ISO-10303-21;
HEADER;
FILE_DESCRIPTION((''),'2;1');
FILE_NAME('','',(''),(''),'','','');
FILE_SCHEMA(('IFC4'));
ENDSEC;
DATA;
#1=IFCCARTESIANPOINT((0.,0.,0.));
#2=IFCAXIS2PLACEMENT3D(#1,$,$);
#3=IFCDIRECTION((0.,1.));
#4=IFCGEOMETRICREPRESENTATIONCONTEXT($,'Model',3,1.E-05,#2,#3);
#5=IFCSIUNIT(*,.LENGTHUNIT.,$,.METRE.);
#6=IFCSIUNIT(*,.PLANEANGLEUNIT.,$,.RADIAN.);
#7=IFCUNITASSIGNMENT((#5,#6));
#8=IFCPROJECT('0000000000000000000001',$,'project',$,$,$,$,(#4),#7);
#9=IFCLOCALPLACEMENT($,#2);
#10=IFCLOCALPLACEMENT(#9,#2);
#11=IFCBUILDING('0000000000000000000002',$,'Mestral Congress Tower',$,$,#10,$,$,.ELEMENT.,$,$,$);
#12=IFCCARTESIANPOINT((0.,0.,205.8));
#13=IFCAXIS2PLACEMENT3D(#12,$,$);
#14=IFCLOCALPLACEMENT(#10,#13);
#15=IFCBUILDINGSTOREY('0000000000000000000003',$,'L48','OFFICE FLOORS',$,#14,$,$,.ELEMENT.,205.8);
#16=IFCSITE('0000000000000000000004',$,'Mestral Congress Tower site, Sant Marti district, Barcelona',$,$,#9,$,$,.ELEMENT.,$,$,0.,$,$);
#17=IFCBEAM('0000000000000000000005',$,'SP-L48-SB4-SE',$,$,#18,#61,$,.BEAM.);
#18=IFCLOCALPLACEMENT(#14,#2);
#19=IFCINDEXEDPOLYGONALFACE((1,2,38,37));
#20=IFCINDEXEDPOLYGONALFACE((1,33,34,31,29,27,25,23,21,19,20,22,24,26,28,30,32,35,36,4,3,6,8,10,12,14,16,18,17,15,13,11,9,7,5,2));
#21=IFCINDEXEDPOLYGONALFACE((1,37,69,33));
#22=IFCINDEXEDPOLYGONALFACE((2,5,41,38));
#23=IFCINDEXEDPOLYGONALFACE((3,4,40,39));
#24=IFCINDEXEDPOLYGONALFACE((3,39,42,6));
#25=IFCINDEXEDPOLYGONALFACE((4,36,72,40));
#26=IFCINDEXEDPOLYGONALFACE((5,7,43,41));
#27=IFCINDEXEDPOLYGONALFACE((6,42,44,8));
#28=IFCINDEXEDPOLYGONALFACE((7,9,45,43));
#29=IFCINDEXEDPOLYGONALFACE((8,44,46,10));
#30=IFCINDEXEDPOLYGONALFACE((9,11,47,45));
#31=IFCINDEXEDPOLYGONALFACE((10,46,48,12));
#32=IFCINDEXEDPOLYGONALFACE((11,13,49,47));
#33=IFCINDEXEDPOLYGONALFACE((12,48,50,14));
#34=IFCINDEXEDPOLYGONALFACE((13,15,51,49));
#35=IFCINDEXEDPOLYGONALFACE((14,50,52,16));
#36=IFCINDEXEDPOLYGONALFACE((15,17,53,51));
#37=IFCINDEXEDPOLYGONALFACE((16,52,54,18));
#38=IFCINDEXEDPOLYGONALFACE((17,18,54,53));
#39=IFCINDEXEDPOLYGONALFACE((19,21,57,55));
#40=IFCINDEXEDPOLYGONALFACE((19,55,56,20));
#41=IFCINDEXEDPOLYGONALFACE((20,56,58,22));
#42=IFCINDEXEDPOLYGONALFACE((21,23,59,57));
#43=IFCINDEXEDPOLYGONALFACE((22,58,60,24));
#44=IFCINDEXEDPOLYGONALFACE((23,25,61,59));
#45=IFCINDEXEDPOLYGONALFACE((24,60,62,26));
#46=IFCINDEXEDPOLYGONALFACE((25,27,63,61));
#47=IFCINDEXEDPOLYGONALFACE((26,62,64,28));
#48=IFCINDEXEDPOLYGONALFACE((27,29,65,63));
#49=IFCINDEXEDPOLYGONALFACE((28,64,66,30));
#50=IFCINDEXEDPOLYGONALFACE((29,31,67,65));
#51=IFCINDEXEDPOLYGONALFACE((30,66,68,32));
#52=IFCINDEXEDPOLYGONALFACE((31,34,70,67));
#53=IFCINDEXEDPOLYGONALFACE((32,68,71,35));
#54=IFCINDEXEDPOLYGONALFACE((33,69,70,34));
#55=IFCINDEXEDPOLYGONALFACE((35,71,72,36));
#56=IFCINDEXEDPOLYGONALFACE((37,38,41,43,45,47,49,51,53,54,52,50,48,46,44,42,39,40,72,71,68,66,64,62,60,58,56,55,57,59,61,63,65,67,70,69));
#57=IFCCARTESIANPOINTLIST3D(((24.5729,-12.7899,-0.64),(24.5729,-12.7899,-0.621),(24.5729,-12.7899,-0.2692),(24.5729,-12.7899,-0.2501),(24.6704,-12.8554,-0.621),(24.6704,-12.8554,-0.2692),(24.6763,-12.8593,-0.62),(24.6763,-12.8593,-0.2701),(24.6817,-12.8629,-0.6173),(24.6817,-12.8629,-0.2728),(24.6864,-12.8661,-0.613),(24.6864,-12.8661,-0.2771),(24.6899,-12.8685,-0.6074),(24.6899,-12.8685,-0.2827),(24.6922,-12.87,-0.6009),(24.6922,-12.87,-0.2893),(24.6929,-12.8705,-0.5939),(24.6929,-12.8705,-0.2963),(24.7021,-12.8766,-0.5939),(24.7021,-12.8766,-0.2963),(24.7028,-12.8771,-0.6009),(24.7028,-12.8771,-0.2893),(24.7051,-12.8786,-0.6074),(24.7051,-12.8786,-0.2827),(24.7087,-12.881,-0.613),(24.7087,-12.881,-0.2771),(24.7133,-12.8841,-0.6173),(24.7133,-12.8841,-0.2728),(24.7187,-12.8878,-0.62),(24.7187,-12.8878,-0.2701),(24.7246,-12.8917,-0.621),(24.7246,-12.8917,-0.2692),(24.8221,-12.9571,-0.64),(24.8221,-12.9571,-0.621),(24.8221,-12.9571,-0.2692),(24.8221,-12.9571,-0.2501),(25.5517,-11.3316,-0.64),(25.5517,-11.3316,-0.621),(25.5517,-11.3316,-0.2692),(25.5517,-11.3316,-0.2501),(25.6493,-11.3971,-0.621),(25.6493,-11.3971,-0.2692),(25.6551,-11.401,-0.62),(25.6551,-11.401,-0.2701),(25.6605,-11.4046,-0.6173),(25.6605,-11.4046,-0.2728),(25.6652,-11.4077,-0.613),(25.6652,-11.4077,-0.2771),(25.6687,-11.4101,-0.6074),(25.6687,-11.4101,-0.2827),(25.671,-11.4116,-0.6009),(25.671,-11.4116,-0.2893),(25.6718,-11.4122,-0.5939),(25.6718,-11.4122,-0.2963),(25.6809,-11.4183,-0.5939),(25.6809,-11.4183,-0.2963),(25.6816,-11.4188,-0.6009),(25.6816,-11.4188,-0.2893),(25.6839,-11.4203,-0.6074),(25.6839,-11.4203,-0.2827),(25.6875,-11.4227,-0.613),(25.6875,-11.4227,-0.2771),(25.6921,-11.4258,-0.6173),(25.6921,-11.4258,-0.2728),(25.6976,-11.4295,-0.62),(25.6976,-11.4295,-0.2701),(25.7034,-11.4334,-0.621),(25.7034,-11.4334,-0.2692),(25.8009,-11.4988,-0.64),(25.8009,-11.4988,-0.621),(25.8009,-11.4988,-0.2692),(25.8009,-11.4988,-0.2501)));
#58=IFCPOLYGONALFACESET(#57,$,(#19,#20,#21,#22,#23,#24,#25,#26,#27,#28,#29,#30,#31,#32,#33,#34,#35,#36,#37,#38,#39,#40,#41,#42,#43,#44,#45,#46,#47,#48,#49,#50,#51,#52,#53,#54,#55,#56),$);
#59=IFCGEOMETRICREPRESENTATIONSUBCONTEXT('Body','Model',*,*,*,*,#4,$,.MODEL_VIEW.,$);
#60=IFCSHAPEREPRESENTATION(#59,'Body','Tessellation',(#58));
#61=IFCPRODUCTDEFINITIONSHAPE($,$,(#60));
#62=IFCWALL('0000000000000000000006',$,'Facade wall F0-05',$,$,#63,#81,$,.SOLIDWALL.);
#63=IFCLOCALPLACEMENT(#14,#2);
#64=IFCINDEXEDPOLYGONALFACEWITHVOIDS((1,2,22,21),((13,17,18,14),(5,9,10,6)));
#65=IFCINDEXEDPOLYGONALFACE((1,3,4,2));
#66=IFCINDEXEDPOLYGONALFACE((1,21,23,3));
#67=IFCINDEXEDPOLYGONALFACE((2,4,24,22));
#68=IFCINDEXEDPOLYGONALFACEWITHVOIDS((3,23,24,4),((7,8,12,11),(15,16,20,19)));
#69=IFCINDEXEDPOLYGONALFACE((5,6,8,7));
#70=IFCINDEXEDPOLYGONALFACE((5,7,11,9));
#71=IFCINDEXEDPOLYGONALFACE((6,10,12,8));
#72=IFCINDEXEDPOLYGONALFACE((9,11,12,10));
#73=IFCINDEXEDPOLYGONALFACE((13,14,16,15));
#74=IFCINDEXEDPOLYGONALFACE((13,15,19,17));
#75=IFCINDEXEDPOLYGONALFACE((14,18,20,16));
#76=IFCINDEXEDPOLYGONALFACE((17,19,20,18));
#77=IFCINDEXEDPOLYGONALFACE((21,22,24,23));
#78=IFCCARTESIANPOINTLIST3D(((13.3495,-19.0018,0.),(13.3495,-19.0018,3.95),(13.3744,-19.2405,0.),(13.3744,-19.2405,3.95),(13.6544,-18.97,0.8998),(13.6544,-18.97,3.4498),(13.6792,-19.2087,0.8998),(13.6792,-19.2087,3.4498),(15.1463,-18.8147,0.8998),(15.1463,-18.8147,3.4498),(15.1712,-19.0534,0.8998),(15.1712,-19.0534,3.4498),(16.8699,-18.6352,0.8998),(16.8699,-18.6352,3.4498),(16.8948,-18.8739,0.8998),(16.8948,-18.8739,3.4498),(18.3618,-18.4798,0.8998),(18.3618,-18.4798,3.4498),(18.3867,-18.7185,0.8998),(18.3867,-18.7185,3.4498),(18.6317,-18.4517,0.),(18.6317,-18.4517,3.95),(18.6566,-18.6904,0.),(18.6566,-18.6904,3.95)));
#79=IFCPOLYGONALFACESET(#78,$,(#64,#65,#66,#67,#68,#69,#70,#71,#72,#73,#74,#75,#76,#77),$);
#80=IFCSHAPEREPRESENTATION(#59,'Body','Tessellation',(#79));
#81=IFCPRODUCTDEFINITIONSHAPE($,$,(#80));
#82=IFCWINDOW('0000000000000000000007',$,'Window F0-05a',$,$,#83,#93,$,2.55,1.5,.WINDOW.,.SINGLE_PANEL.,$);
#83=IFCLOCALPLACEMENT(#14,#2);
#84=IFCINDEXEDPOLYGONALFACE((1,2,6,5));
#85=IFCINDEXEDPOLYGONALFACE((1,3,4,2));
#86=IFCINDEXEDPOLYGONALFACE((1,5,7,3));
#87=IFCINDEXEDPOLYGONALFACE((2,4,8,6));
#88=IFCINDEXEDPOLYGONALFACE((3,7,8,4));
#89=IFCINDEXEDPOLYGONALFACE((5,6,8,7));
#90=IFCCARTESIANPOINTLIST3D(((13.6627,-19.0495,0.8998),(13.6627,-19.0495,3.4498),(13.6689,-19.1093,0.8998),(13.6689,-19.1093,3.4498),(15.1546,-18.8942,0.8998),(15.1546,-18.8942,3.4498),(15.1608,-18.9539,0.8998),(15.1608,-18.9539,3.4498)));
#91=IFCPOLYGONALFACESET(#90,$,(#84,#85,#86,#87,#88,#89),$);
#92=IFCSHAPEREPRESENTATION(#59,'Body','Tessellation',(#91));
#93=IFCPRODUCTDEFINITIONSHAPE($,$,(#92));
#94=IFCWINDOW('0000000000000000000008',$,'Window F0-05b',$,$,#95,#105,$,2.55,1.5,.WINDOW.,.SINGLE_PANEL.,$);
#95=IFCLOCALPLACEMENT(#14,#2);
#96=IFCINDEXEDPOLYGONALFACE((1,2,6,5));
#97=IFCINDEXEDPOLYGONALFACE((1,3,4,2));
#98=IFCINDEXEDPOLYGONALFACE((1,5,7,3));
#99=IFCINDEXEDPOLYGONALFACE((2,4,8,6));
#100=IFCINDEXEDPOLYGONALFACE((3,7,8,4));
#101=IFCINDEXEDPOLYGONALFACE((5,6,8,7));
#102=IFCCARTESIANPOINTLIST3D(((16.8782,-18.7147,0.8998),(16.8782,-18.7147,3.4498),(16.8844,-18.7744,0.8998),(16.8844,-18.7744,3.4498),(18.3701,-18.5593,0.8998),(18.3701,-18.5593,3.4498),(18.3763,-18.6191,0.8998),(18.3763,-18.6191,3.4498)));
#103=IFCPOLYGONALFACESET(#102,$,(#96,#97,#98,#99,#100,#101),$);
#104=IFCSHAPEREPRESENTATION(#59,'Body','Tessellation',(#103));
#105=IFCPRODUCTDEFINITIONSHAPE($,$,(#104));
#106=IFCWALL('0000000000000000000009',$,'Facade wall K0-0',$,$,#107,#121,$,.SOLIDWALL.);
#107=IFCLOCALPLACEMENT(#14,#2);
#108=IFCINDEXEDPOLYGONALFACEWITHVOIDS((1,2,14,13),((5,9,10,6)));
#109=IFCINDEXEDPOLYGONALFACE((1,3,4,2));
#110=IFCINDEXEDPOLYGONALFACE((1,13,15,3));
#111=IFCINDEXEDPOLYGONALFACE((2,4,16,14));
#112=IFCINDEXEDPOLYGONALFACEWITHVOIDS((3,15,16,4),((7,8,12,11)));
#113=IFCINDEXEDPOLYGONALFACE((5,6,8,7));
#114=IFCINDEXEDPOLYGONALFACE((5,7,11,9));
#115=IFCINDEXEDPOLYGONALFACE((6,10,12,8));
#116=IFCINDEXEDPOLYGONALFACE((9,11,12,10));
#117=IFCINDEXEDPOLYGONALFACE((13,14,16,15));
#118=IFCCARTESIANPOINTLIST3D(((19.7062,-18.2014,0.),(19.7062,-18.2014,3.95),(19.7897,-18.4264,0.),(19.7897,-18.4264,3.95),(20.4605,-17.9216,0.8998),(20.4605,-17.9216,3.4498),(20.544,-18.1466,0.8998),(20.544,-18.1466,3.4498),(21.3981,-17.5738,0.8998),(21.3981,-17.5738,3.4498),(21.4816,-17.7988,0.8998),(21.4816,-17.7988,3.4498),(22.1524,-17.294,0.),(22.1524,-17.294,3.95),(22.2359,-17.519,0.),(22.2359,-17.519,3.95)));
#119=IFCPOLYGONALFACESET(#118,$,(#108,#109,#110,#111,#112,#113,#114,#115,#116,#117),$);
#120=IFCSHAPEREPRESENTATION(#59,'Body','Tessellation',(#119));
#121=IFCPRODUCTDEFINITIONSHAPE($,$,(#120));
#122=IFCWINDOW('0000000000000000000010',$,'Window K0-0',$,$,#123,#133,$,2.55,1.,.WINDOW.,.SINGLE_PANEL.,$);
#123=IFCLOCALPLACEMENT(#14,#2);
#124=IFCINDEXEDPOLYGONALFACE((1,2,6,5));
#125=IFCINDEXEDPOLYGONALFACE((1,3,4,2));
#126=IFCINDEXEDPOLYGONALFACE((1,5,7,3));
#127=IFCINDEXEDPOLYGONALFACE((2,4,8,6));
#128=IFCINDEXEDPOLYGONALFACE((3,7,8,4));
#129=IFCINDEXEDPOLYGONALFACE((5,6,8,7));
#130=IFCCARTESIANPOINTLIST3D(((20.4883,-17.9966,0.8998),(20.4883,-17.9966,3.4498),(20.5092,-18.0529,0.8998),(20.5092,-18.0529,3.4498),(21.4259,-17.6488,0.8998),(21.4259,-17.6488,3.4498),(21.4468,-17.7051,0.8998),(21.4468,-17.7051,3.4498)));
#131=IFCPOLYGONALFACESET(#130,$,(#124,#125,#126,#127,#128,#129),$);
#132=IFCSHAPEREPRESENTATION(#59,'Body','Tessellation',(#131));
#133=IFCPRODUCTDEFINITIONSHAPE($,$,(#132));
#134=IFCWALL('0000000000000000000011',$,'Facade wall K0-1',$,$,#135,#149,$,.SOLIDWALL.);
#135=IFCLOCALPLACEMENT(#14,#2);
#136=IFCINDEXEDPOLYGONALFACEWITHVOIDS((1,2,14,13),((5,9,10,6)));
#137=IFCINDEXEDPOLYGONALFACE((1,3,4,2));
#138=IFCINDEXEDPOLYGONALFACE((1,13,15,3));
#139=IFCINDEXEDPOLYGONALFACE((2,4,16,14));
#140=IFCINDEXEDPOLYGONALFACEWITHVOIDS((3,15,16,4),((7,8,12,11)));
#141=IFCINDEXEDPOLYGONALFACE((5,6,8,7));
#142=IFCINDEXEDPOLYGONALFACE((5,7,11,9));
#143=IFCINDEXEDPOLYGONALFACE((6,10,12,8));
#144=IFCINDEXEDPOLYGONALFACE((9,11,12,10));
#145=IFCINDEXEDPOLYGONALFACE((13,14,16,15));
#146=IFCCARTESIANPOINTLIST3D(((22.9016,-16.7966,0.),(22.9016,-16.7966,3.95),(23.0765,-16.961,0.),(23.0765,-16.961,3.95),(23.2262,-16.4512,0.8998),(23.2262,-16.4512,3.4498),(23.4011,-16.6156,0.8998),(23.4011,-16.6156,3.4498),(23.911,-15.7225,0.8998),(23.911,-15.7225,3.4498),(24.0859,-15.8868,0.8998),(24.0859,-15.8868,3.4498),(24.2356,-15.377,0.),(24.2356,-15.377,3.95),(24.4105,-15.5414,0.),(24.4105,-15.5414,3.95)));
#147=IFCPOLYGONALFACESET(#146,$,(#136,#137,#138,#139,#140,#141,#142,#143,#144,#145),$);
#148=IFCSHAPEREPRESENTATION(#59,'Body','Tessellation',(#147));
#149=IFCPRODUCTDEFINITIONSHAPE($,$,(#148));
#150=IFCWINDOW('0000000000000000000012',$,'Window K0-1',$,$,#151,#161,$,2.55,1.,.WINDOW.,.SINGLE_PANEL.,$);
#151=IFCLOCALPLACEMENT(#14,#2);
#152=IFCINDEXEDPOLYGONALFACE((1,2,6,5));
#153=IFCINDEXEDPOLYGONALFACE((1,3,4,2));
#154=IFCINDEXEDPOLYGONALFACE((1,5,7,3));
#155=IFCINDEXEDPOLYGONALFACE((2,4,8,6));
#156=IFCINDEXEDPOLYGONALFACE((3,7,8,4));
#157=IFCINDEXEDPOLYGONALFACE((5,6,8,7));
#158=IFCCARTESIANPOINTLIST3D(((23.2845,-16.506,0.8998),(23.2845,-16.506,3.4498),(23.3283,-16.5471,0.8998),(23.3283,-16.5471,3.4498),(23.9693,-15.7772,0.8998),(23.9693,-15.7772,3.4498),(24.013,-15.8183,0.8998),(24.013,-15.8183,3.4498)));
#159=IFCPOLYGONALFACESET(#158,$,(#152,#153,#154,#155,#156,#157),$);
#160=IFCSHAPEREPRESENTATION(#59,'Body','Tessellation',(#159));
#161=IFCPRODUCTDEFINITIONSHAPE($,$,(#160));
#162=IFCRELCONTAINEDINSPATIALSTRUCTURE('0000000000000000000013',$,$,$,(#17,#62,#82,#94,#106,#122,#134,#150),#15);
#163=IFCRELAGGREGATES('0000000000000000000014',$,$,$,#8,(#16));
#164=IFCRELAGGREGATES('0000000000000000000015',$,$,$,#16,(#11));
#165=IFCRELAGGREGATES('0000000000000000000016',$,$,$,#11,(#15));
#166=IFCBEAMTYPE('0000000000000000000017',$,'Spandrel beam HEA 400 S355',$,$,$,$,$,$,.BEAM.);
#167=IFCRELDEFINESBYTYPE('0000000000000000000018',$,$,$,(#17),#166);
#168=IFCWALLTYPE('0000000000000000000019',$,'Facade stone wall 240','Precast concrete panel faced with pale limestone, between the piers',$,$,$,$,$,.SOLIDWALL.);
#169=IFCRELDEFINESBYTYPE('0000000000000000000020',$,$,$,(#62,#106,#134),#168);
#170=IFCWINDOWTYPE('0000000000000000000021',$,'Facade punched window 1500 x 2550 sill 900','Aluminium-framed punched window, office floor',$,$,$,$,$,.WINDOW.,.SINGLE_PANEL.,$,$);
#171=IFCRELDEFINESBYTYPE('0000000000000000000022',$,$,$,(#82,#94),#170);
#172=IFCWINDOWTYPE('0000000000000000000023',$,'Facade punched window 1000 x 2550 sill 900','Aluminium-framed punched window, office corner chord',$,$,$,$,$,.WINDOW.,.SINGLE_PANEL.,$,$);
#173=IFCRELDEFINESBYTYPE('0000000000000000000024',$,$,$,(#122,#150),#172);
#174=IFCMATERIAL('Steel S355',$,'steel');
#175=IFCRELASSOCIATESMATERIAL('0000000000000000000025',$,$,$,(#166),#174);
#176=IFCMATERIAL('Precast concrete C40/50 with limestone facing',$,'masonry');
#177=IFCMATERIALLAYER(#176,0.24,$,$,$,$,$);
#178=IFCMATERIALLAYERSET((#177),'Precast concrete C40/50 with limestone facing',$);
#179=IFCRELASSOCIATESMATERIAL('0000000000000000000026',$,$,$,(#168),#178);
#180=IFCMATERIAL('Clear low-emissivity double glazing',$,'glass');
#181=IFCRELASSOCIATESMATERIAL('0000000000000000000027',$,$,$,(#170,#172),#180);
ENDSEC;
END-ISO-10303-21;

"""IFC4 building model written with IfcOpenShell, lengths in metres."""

from ifc_helpers import new_model, si_unit, direction, frame, frame_2d, origin, origin_2d, place, context, subcontext, project, spatial, rectangle, i_section, extrude, material, layer, layer_set, material_profile, profile_set, type_object, element, fill, save


model = new_model("IFC4")

# Units and contexts
model_context = context("Model", 3, precision=1e-05, world=origin(), true_north=direction((0.0, 1.0)))
body_context = subcontext(model_context, "Body", "Model", "MODEL_VIEW")
ifc_project = project(units=[si_unit("LENGTHUNIT", "METRE"), si_unit("PLANEANGLEUNIT", "RADIAN")], contexts=[model_context])

# Site, building, storey
site_placement = place(None, origin())
site = spatial("IfcSite", under=ifc_project, at=site_placement, Name="Mestral Congress Tower site, Sant Marti district, Barcelona", CompositionType="ELEMENT", RefElevation=0.0)
building_placement = place(site_placement, origin())
building = spatial("IfcBuilding", under=site, at=building_placement, Name="Mestral Congress Tower", CompositionType="ELEMENT")
storey_placement = place(building_placement, frame((0.0, 0.0, 205.8)))
storey = spatial("IfcBuildingStorey", under=building, at=storey_placement, Name="L48", Description="OFFICE FLOORS", CompositionType="ELEMENT", Elevation=205.8)

# Beam
ifc_material_1 = material(Name="Steel S355", Category="steel")
ifc_material_profile_1 = material_profile(ifc_material_1, i_section(OverallWidth=0.3, OverallDepth=0.3899, WebThickness=0.011, FlangeThickness=0.019, FilletRadius=0.0271, at=origin_2d()), Name="HEA 400")
ifc_profile_set_1 = profile_set([ifc_material_profile_1], Name="Steel S355")
beam_type_1 = type_object("IfcBeamType", Name="Spandrel beam HEA 400 S355", PredefinedType="BEAM", material=ifc_profile_set_1)
for number, where, z_axis, x_axis, name in (
    (1, (24.6975, -12.8735, -0.4451), (0.557296, 0.830314, 0.0), (-0.830314, 0.557296, 0.0), "SP-L48-SB4-SE"),
):
    element("IfcBeam", number, at=place(storey_placement, frame(where, z_axis=z_axis, x_axis=x_axis)), inside=storey, type_object=beam_type_1, Name=name, PredefinedType="BEAM", context=body_context, shape_type="SweptSolid", body=[
        extrude(i_section(OverallWidth=0.3, OverallDepth=0.3899, WebThickness=0.011, FlangeThickness=0.019, FilletRadius=0.0271, at=origin_2d()), origin(), (0.0, 0.0, 1.0), 1.7563),
    ])

# Wall, openings, windows
ifc_material_2 = material(Name="Precast concrete C40/50 with limestone facing", Category="masonry")
ifc_layer_1 = layer(ifc_material_2, 0.24)
ifc_layer_set_1 = layer_set([ifc_layer_1], Name="Precast concrete C40/50 with limestone facing")
wall_type_1 = type_object("IfcWallType", Name="Facade stone wall 240", Description="Precast concrete panel faced with pale limestone, between the piers", PredefinedType="SOLIDWALL", material=ifc_layer_set_1)
wall_1_placement = place(storey_placement, frame((13.3621, -19.1211, 0.0), z_axis=(0.0, 0.0, 1.0), x_axis=(0.994622, 0.103572, 0.0)))
wall_1 = element("IfcWall", 2, at=wall_1_placement, inside=storey, type_object=wall_type_1, Name="Facade wall F0-05", PredefinedType="SOLIDWALL", context=body_context, shape_type="SweptSolid", body=[
    extrude(rectangle(XDim=5.3108, YDim=0.24, at=frame_2d((2.6553, 0.0))), origin(), (0.0, 0.0, 1.0), 3.95),
])
opening_1_placement = place(wall_1_placement, frame((0.3064, 0.0, 0.8999)))
opening_1 = element("IfcOpeningElement", 3, at=opening_1_placement, cuts=wall_1, PredefinedType="OPENING", context=body_context, shape_type="SweptSolid", body=[
    extrude(rectangle(XDim=1.5, YDim=2.55, at=frame_2d((0.75, 1.2749))), frame((0.0, 0.1299, 0.0), z_axis=(0.0, -1.0, 0.0), x_axis=(1.0, 0.0, 0.0)), (0.0, 0.0, 1.0), 0.26),
])
opening_2_placement = place(wall_1_placement, frame((3.5393, 0.0, 0.8999)))
opening_2 = element("IfcOpeningElement", 4, at=opening_2_placement, cuts=wall_1, PredefinedType="OPENING", context=body_context, shape_type="SweptSolid", body=[
    extrude(rectangle(XDim=1.5, YDim=2.55, at=frame_2d((0.75, 1.2749))), frame((0.0, 0.1299, 0.0), z_axis=(0.0, -1.0, 0.0), x_axis=(1.0, 0.0, 0.0)), (0.0, 0.0, 1.0), 0.26),
])
ifc_material_3 = material(Name="Clear low-emissivity double glazing", Category="glass")
window_type_1 = type_object("IfcWindowType", Name="Facade punched window 1500 x 2550 sill 900", Description="Aluminium-framed punched window, office floor", PartitioningType="SINGLE_PANEL", PredefinedType="WINDOW", material=ifc_material_3)
window_1_placement = place(opening_1_placement, origin())
window_1 = element("IfcWindow", 5, at=window_1_placement, inside=storey, type_object=window_type_1, Name="Window F0-05a", OverallHeight=2.55, OverallWidth=1.5, PartitioningType="SINGLE_PANEL", PredefinedType="WINDOW", context=body_context, shape_type="SweptSolid", body=[
    extrude(rectangle(XDim=1.5, YDim=2.55, at=frame_2d((0.75, 1.2749))), frame((0.0, 0.04, 0.0), z_axis=(0.0, -1.0, 0.0), x_axis=(1.0, 0.0, 0.0)), (0.0, 0.0, 1.0), 0.0601),
])
fill(opening_1, window_1)
window_2_placement = place(opening_2_placement, origin())
window_2 = element("IfcWindow", 6, at=window_2_placement, inside=storey, type_object=window_type_1, Name="Window F0-05b", OverallHeight=2.55, OverallWidth=1.5, PartitioningType="SINGLE_PANEL", PredefinedType="WINDOW", context=body_context, shape_type="SweptSolid", body=[
    extrude(rectangle(XDim=1.5, YDim=2.55, at=frame_2d((0.75, 1.2749))), frame((0.0, 0.04, 0.0), z_axis=(0.0, -1.0, 0.0), x_axis=(1.0, 0.0, 0.0)), (0.0, 0.0, 1.0), 0.0601),
])
fill(opening_2, window_2)

# Walls, openings, windows
wall_2_placement = place(storey_placement, frame((19.7478, -18.314, 0.0), z_axis=(0.0, 0.0, 1.0), x_axis=(0.937569, 0.347799, 0.0)))
wall_2 = element("IfcWall", 7, at=wall_2_placement, inside=storey, type_object=wall_type_1, Name="Facade wall K0-0", PredefinedType="SOLIDWALL", context=body_context, shape_type="SweptSolid", body=[
    extrude(rectangle(XDim=2.6091, YDim=0.24, at=frame_2d((1.3047, 0.0))), origin(), (0.0, 0.0, 1.0), 3.95),
])
opening_3_placement = place(wall_2_placement, frame((0.8047, 0.0, 0.8999)))
opening_3 = element("IfcOpeningElement", 8, at=opening_3_placement, cuts=wall_2, PredefinedType="OPENING", context=body_context, shape_type="SweptSolid", body=[
    extrude(rectangle(XDim=1.0, YDim=2.55, at=frame_2d((0.5, 1.2749))), frame((0.0, 0.1299, 0.0), z_axis=(0.0, -1.0, 0.0), x_axis=(1.0, 0.0, 0.0)), (0.0, 0.0, 1.0), 0.26),
])
window_type_2 = type_object("IfcWindowType", Name="Facade punched window 1000 x 2550 sill 900", Description="Aluminium-framed punched window, office corner chord", PartitioningType="SINGLE_PANEL", PredefinedType="WINDOW", material=ifc_material_3)
window_3_placement = place(opening_3_placement, origin())
window_3 = element("IfcWindow", 9, at=window_3_placement, inside=storey, type_object=window_type_2, Name="Window K0-0", OverallHeight=2.55, OverallWidth=1.0, PartitioningType="SINGLE_PANEL", PredefinedType="WINDOW", context=body_context, shape_type="SweptSolid", body=[
    extrude(rectangle(XDim=1.0, YDim=2.55, at=frame_2d((0.5, 1.2749))), frame((0.0, 0.04, 0.0), z_axis=(0.0, -1.0, 0.0), x_axis=(1.0, 0.0, 0.0)), (0.0, 0.0, 1.0), 0.0601),
])
fill(opening_3, window_3)
wall_3_placement = place(storey_placement, frame((22.989, -16.8789, 0.0), z_axis=(0.0, 0.0, 1.0), x_axis=(0.68477, 0.728759, 0.0)))
wall_3 = element("IfcWall", 10, at=wall_3_placement, inside=storey, type_object=wall_type_1, Name="Facade wall K0-1", PredefinedType="SOLIDWALL", context=body_context, shape_type="SweptSolid", body=[
    extrude(rectangle(XDim=1.948, YDim=0.24, at=frame_2d((0.9741, 0.0))), origin(), (0.0, 0.0, 1.0), 3.95),
])
opening_4_placement = place(wall_3_placement, frame((0.4741, 0.0, 0.8999)))
opening_4 = element("IfcOpeningElement", 11, at=opening_4_placement, cuts=wall_3, PredefinedType="OPENING", context=body_context, shape_type="SweptSolid", body=[
    extrude(rectangle(XDim=1.0, YDim=2.55, at=frame_2d((0.5, 1.2749))), frame((0.0, 0.1299, 0.0), z_axis=(0.0, -1.0, 0.0), x_axis=(1.0, 0.0, 0.0)), (0.0, 0.0, 1.0), 0.26),
])
window_4_placement = place(opening_4_placement, origin())
window_4 = element("IfcWindow", 12, at=window_4_placement, inside=storey, type_object=window_type_2, Name="Window K0-1", OverallHeight=2.55, OverallWidth=1.0, PartitioningType="SINGLE_PANEL", PredefinedType="WINDOW", context=body_context, shape_type="SweptSolid", body=[
    extrude(rectangle(XDim=1.0, YDim=2.55, at=frame_2d((0.5, 1.2749))), frame((0.0, 0.04, 0.0), z_axis=(0.0, -1.0, 0.0), x_axis=(1.0, 0.0, 0.0)), (0.0, 0.0, 1.0), 0.0601),
])
fill(opening_4, window_4)

save(model, "model.ifc")
